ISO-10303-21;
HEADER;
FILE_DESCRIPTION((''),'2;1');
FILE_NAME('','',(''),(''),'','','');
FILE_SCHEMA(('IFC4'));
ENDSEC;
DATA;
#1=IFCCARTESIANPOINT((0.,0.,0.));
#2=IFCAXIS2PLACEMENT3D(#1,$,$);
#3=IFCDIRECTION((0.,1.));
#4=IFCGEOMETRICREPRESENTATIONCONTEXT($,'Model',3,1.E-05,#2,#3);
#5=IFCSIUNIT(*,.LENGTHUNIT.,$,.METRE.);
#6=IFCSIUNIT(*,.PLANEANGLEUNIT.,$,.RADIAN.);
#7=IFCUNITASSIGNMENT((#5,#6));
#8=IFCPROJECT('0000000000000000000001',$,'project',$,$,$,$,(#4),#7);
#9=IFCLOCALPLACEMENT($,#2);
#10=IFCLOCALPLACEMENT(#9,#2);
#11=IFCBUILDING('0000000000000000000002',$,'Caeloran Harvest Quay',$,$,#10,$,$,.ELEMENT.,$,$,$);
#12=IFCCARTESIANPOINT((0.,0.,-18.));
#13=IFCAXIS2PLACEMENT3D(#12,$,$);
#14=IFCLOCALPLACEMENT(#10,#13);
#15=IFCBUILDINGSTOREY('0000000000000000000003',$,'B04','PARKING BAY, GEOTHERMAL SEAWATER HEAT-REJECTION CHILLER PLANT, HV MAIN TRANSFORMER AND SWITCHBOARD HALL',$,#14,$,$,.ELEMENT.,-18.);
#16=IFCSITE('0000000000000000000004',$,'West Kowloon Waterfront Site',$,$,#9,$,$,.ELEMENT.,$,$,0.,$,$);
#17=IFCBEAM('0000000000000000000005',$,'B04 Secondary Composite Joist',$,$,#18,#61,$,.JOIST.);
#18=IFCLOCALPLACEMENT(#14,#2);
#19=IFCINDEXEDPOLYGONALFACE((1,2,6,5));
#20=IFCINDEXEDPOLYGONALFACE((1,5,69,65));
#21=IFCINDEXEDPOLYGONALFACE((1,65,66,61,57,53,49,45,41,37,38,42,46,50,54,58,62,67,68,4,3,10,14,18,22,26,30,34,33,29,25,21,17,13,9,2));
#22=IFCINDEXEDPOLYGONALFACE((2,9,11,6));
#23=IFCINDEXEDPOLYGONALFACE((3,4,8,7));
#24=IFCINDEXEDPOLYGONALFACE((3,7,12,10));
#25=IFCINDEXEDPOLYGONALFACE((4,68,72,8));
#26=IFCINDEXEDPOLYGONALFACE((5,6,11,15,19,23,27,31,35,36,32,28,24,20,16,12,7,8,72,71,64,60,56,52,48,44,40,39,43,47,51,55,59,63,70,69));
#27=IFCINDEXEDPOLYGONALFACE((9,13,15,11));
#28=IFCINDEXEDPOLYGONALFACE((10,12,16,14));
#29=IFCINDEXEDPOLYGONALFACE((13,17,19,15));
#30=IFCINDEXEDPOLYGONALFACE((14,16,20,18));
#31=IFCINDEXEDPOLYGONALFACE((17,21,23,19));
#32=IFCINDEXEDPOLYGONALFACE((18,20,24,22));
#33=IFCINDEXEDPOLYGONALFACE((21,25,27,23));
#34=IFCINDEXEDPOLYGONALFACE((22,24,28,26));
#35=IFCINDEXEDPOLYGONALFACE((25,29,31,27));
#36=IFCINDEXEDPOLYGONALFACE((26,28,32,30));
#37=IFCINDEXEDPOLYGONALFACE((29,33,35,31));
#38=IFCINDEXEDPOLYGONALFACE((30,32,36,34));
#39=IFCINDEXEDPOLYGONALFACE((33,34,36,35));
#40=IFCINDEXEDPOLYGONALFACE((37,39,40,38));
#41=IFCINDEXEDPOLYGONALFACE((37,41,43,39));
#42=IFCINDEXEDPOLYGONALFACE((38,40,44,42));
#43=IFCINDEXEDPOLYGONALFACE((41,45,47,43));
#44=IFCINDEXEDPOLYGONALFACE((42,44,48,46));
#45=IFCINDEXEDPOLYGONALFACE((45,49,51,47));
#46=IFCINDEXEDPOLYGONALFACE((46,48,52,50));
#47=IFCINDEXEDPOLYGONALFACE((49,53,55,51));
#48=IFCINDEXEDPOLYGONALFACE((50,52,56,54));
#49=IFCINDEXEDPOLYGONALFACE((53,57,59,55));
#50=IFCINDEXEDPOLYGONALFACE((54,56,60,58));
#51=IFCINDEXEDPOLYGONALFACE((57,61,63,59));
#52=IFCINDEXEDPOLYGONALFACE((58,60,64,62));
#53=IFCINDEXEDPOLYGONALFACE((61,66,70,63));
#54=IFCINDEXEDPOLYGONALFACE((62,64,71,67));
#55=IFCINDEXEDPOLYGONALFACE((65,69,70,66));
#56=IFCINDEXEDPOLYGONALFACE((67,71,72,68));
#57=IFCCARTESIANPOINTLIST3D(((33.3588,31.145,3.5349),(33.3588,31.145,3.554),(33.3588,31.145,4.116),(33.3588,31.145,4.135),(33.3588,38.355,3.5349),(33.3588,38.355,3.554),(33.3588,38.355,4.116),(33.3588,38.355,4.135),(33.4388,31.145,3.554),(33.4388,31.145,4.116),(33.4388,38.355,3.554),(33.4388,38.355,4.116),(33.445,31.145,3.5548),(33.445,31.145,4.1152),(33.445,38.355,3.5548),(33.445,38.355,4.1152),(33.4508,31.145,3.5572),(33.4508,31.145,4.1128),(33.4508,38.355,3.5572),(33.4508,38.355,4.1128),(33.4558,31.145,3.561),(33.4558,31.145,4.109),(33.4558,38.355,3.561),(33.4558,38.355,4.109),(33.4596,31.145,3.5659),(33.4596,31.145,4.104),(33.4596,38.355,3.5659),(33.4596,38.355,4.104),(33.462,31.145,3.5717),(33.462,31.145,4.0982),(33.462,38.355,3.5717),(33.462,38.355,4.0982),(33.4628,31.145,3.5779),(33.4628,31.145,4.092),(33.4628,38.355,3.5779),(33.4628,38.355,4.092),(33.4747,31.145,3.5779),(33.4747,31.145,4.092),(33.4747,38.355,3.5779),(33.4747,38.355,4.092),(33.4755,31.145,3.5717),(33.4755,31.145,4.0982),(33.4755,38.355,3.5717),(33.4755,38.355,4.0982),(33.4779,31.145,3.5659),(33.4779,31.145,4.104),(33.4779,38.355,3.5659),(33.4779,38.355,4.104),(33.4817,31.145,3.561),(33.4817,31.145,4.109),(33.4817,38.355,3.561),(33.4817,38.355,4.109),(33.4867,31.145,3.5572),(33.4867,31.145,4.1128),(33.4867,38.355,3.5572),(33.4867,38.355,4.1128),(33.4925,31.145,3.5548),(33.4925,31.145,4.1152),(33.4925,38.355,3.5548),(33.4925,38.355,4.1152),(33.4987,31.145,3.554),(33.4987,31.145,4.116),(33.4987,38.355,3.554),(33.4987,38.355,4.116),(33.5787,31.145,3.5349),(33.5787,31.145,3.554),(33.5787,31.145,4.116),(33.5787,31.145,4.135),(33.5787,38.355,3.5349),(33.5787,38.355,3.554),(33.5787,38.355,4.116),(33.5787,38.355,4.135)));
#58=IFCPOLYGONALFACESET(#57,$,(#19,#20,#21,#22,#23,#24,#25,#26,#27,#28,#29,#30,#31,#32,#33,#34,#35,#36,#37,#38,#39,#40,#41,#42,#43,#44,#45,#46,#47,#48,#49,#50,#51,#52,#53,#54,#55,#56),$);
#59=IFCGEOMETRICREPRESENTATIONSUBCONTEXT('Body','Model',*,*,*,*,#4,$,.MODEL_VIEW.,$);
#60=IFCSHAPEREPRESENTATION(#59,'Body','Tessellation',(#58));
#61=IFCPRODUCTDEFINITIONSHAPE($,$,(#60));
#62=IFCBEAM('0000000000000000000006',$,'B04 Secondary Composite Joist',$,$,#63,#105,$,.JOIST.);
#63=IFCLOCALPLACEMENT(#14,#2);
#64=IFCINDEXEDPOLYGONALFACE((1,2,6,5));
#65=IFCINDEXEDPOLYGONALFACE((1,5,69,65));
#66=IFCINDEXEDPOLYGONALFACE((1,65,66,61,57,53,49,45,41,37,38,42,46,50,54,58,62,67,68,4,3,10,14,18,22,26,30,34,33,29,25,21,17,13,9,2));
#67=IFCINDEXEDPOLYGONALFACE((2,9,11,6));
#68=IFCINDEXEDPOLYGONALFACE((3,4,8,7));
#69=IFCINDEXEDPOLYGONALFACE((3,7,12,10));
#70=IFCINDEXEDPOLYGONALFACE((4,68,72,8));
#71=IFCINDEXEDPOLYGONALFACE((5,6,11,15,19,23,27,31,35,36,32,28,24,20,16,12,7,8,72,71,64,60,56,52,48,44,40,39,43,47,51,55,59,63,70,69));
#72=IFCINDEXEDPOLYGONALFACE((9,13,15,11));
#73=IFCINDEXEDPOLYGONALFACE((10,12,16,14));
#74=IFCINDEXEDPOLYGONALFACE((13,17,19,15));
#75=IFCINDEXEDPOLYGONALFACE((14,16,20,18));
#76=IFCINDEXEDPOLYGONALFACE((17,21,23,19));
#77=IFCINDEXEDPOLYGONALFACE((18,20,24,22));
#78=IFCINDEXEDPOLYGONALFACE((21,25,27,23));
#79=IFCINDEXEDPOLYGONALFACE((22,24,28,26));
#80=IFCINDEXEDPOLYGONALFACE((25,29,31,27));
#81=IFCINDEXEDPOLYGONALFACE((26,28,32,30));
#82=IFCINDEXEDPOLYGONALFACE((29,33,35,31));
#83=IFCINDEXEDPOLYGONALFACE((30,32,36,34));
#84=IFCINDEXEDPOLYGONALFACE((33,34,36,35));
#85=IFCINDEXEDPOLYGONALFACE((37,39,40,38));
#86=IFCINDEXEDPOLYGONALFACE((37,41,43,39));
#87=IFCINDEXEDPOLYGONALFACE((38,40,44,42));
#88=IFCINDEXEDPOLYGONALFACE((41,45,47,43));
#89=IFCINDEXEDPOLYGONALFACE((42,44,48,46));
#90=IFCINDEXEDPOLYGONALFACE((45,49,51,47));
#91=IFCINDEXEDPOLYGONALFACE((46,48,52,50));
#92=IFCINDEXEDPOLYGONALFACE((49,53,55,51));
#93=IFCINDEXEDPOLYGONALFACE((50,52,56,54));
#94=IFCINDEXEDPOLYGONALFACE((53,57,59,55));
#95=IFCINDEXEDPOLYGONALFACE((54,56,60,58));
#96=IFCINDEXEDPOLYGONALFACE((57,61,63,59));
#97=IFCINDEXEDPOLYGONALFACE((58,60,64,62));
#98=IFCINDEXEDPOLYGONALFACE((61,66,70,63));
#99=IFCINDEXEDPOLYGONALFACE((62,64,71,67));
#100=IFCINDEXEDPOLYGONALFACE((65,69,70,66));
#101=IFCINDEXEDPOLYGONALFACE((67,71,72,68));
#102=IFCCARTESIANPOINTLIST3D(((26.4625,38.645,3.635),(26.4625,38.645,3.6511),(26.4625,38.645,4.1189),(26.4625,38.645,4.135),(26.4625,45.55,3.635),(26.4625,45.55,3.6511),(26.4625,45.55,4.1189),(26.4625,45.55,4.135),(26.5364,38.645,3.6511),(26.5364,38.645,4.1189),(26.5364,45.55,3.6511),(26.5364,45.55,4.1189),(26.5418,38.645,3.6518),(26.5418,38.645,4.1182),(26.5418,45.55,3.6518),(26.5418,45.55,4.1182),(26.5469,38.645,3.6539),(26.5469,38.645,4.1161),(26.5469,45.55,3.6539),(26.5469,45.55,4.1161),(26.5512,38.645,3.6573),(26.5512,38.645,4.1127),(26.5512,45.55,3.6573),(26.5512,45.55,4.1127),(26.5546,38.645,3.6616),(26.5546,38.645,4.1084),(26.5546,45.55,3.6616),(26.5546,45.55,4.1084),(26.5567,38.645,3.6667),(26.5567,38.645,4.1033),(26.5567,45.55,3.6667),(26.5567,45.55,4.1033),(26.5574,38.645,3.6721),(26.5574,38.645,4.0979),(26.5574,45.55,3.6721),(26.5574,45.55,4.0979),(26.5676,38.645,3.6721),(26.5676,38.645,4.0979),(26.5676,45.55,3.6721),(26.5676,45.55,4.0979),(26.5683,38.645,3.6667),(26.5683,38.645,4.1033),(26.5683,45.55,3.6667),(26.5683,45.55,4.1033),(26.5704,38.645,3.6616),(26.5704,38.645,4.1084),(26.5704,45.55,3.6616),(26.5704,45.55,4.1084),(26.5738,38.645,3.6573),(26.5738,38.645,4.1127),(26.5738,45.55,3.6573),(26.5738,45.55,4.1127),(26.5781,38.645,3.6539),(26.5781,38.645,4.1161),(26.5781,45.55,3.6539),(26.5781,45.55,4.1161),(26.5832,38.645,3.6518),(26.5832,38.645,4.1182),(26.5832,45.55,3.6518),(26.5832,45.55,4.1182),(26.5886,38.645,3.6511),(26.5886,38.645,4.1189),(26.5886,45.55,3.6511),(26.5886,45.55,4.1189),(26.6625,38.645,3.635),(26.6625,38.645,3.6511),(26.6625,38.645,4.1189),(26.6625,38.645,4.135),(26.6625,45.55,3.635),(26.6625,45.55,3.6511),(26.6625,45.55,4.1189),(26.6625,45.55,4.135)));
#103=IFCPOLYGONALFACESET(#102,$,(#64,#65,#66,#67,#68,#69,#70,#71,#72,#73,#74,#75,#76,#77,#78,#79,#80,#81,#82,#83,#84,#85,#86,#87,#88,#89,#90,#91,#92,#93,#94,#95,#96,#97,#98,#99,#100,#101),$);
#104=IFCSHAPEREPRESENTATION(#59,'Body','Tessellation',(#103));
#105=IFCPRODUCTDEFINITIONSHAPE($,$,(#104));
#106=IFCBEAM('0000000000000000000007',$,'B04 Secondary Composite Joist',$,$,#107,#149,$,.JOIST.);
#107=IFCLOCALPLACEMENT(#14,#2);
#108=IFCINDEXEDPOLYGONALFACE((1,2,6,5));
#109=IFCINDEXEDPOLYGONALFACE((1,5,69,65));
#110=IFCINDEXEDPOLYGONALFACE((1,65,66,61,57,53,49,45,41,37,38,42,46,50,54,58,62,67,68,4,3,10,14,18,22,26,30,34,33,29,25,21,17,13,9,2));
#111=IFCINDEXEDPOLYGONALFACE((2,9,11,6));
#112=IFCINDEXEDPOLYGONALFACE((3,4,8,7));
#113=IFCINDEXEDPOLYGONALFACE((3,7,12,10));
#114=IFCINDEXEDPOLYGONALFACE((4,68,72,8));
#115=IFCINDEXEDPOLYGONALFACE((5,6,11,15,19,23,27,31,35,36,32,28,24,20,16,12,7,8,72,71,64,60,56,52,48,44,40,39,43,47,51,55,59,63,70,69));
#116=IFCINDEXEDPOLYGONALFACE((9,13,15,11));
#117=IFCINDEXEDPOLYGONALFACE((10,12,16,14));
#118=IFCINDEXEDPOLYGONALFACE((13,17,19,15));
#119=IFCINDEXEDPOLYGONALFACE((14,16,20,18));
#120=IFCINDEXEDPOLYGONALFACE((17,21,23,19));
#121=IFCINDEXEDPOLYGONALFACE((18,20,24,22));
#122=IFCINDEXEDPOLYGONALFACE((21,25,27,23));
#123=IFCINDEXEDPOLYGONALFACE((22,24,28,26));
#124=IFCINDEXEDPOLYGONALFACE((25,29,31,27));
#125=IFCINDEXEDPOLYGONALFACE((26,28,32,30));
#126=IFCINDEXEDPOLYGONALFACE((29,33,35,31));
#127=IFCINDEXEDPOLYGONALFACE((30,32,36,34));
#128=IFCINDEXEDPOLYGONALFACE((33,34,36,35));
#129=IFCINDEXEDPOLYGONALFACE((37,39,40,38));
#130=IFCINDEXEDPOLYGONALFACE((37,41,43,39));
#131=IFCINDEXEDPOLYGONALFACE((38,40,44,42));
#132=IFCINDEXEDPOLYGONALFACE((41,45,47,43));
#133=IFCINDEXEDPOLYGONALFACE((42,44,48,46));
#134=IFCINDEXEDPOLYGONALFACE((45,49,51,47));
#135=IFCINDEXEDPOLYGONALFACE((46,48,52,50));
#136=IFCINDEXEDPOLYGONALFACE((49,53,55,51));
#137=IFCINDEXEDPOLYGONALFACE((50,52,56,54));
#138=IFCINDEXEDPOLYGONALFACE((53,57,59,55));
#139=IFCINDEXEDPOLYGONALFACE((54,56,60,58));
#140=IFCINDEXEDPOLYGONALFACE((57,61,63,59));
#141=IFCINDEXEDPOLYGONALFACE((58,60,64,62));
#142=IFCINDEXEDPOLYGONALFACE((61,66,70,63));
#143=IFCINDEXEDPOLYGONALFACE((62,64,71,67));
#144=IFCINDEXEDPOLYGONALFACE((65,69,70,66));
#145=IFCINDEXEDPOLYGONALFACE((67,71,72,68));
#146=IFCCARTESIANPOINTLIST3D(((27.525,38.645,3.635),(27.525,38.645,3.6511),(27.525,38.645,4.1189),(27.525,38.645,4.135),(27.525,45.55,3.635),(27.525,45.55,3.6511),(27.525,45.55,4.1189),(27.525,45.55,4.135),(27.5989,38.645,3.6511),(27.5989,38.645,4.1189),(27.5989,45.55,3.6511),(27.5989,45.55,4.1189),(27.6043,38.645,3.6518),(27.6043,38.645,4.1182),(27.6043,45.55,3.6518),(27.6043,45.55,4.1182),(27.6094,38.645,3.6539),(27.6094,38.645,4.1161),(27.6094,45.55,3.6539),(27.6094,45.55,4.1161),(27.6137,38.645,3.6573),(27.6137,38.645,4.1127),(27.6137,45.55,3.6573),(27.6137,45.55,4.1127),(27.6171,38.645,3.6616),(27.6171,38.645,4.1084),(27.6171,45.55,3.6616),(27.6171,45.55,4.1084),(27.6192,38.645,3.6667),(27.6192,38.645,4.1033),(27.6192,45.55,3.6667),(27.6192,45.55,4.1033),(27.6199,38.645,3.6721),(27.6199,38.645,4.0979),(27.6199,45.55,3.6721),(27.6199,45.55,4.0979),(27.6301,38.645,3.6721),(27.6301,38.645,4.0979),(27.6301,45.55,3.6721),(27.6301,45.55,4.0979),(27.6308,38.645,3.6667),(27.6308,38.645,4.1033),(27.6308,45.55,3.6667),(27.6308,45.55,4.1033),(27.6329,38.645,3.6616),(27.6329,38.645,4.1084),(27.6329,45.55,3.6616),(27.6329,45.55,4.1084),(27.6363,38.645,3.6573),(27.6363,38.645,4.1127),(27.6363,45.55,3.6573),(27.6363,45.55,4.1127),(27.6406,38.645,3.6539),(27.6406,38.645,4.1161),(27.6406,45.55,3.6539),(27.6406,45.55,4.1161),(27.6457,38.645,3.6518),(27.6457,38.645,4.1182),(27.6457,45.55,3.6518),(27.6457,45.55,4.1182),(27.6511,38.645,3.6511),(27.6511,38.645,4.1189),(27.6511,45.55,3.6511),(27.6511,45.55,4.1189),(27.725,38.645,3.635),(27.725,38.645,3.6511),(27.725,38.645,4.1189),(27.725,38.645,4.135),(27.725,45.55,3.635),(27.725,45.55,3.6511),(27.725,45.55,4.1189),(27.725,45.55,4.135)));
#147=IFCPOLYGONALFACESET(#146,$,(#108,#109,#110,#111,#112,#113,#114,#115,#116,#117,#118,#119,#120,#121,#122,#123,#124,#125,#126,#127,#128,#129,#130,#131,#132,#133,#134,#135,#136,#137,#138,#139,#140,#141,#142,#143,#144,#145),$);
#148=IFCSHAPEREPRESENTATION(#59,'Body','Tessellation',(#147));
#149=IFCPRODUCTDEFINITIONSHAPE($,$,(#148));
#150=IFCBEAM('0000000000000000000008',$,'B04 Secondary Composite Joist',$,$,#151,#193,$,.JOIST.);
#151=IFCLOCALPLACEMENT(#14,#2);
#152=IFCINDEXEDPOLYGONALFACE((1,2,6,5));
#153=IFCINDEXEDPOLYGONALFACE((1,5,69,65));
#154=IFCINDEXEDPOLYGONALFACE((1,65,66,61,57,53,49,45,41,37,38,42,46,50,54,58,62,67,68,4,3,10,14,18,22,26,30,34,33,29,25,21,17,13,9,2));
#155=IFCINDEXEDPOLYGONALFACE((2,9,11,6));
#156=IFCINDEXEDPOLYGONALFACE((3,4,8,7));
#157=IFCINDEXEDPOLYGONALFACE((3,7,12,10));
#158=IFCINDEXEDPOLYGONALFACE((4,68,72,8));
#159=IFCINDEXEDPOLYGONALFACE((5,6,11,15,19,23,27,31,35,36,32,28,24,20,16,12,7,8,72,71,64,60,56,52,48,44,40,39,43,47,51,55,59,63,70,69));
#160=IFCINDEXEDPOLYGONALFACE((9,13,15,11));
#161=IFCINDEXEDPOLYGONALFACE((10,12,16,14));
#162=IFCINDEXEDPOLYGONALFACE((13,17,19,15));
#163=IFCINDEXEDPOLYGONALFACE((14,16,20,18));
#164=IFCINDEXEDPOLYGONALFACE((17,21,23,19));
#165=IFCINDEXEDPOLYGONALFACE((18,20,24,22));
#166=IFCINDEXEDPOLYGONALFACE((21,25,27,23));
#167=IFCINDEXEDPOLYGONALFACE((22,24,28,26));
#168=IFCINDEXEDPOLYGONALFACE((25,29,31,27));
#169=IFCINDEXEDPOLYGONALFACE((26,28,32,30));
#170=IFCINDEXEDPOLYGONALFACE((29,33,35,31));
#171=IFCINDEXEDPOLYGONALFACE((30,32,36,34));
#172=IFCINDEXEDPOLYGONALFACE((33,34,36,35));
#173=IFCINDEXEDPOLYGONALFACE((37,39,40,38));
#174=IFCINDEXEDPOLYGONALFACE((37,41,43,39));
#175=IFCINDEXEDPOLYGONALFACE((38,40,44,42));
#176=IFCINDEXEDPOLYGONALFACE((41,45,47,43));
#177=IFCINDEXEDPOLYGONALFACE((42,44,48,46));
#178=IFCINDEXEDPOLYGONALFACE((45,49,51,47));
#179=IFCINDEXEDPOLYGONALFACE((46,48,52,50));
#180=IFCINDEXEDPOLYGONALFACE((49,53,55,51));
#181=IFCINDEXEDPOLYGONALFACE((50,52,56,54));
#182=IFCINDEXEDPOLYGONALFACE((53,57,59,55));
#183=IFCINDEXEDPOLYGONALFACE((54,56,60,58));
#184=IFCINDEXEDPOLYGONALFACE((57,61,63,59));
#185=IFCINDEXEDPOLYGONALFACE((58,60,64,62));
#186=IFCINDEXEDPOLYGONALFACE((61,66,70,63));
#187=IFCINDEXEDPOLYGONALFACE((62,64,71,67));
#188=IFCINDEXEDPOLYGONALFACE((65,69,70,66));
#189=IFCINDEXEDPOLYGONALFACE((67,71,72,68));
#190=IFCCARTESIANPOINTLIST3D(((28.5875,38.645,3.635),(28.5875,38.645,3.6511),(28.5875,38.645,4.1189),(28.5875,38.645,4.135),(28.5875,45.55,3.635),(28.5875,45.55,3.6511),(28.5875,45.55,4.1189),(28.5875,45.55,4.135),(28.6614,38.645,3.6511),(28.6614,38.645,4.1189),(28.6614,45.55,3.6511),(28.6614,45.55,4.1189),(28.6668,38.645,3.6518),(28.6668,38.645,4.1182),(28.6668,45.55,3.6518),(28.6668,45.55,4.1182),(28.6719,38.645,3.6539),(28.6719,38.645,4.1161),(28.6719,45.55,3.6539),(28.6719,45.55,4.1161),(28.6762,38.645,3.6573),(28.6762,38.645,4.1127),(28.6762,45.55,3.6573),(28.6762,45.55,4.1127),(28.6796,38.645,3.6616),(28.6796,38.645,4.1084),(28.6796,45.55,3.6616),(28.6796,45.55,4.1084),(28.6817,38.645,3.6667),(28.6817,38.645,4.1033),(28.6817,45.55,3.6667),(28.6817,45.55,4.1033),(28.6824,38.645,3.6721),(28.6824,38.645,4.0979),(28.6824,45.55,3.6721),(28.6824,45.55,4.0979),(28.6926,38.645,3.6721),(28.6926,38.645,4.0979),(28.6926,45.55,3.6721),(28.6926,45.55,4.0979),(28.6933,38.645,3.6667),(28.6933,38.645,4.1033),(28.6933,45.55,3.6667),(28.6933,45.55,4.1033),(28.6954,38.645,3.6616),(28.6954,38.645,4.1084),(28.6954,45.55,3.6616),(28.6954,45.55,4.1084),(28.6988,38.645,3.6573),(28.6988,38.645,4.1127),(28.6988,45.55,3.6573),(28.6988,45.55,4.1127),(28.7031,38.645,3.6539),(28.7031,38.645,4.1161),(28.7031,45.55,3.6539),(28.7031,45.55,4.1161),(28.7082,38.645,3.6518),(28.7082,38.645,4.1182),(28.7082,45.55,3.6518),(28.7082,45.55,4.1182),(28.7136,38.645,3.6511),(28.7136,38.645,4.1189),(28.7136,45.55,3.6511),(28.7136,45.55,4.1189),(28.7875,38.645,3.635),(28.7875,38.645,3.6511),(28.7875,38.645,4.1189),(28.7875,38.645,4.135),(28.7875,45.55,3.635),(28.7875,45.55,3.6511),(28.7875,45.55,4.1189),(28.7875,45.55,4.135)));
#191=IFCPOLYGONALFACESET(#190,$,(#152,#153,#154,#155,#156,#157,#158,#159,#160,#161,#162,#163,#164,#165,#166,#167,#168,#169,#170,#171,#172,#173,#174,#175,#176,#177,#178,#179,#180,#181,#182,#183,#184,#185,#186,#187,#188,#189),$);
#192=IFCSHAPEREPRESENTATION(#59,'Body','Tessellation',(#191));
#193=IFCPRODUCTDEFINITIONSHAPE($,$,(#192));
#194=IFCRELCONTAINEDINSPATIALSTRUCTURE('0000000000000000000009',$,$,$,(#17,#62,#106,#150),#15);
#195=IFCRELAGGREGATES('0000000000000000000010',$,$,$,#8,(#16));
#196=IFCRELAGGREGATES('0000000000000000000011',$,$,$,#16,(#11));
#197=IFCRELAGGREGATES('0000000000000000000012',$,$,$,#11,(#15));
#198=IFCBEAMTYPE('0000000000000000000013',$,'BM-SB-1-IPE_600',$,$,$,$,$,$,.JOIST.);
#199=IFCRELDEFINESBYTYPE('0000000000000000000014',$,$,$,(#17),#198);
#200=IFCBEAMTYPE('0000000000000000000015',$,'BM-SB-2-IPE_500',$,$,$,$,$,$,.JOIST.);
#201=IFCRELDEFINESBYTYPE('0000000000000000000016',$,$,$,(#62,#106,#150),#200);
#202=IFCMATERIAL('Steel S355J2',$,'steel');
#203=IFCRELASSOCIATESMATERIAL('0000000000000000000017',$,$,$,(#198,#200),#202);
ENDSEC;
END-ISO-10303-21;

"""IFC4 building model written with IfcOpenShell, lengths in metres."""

from ifc_helpers import new_model, si_unit, direction, frame, origin, origin_2d, place, context, subcontext, project, spatial, i_section, extrude, material, material_profile, profile_set, type_object, element, save


model = new_model("IFC4")

# Units and contexts
model_context = context("Model", 3, precision=1e-05, world=origin(), true_north=direction((0.0, 1.0)))
body_context = subcontext(model_context, "Body", "Model", "MODEL_VIEW")
ifc_project = project(units=[si_unit("LENGTHUNIT", "METRE"), si_unit("PLANEANGLEUNIT", "RADIAN")], contexts=[model_context])

# Site, building, storey
site_placement = place(None, origin())
site = spatial("IfcSite", under=ifc_project, at=site_placement, Name="West Kowloon Waterfront Site", CompositionType="ELEMENT", RefElevation=0.0)
building_placement = place(site_placement, origin())
building = spatial("IfcBuilding", under=site, at=building_placement, Name="Caeloran Harvest Quay", CompositionType="ELEMENT")
storey_placement = place(building_placement, frame((0.0, 0.0, -18.0)))
storey = spatial("IfcBuildingStorey", under=building, at=storey_placement, Name="B04", Description="PARKING BAY, GEOTHERMAL SEAWATER HEAT-REJECTION CHILLER PLANT, HV MAIN TRANSFORMER AND SWITCHBOARD HALL", CompositionType="ELEMENT", Elevation=-18.0)

# Beams
ifc_material_1 = material(Name="Steel S355J2", Category="steel")
ifc_material_profile_1 = material_profile(ifc_material_1, i_section(OverallWidth=0.22, OverallDepth=0.6001, WebThickness=0.012, FlangeThickness=0.019, FilletRadius=0.0239, at=origin_2d()), Name="IPE 600")
ifc_profile_set_1 = profile_set([ifc_material_profile_1], Name="Steel S355J2")
beam_type_1 = type_object("IfcBeamType", Name="BM-SB-1-IPE_600", PredefinedType="JOIST", material=ifc_profile_set_1)
for number, where, z_axis, x_axis, name in (
    (1, (33.4688, 31.145, 3.835), (0.0, 1.0, 0.0), (-1.0, 0.0, 0.0), "B04 Secondary Composite Joist"),
):
    element("IfcBeam", number, at=place(storey_placement, frame(where, z_axis=z_axis, x_axis=x_axis)), inside=storey, type_object=beam_type_1, Name=name, PredefinedType="JOIST", context=body_context, shape_type="SweptSolid", body=[
        extrude(i_section(OverallWidth=0.22, OverallDepth=0.6001, WebThickness=0.012, FlangeThickness=0.019, FilletRadius=0.0239, at=origin_2d()), origin(), (0.0, 0.0, 1.0), 7.21),
    ])
ifc_material_profile_2 = material_profile(ifc_material_1, i_section(OverallWidth=0.2, OverallDepth=0.5, WebThickness=0.0103, FlangeThickness=0.0161, FilletRadius=0.021, at=origin_2d()), Name="IPE 500")
ifc_profile_set_2 = profile_set([ifc_material_profile_2], Name="Steel S355J2")
beam_type_2 = type_object("IfcBeamType", Name="BM-SB-2-IPE_500", PredefinedType="JOIST", material=ifc_profile_set_2)
for number, where, z_axis, x_axis, name in (
    (2, (26.5625, 38.645, 3.885), (0.0, 1.0, 0.0), (-1.0, 0.0, 0.0), "B04 Secondary Composite Joist"),
    (3, (27.625, 38.645, 3.885), (0.0, 1.0, 0.0), (-1.0, 0.0, 0.0), "B04 Secondary Composite Joist"),
    (4, (28.6875, 38.645, 3.885), (0.0, 1.0, 0.0), (-1.0, 0.0, 0.0), "B04 Secondary Composite Joist"),
):
    element("IfcBeam", number, at=place(storey_placement, frame(where, z_axis=z_axis, x_axis=x_axis)), inside=storey, type_object=beam_type_2, Name=name, PredefinedType="JOIST", context=body_context, shape_type="SweptSolid", body=[
        extrude(i_section(OverallWidth=0.2, OverallDepth=0.5, WebThickness=0.0103, FlangeThickness=0.0161, FilletRadius=0.021, at=origin_2d()), origin(), (0.0, 0.0, 1.0), 6.905),
    ])

save(model, "model.ifc")
